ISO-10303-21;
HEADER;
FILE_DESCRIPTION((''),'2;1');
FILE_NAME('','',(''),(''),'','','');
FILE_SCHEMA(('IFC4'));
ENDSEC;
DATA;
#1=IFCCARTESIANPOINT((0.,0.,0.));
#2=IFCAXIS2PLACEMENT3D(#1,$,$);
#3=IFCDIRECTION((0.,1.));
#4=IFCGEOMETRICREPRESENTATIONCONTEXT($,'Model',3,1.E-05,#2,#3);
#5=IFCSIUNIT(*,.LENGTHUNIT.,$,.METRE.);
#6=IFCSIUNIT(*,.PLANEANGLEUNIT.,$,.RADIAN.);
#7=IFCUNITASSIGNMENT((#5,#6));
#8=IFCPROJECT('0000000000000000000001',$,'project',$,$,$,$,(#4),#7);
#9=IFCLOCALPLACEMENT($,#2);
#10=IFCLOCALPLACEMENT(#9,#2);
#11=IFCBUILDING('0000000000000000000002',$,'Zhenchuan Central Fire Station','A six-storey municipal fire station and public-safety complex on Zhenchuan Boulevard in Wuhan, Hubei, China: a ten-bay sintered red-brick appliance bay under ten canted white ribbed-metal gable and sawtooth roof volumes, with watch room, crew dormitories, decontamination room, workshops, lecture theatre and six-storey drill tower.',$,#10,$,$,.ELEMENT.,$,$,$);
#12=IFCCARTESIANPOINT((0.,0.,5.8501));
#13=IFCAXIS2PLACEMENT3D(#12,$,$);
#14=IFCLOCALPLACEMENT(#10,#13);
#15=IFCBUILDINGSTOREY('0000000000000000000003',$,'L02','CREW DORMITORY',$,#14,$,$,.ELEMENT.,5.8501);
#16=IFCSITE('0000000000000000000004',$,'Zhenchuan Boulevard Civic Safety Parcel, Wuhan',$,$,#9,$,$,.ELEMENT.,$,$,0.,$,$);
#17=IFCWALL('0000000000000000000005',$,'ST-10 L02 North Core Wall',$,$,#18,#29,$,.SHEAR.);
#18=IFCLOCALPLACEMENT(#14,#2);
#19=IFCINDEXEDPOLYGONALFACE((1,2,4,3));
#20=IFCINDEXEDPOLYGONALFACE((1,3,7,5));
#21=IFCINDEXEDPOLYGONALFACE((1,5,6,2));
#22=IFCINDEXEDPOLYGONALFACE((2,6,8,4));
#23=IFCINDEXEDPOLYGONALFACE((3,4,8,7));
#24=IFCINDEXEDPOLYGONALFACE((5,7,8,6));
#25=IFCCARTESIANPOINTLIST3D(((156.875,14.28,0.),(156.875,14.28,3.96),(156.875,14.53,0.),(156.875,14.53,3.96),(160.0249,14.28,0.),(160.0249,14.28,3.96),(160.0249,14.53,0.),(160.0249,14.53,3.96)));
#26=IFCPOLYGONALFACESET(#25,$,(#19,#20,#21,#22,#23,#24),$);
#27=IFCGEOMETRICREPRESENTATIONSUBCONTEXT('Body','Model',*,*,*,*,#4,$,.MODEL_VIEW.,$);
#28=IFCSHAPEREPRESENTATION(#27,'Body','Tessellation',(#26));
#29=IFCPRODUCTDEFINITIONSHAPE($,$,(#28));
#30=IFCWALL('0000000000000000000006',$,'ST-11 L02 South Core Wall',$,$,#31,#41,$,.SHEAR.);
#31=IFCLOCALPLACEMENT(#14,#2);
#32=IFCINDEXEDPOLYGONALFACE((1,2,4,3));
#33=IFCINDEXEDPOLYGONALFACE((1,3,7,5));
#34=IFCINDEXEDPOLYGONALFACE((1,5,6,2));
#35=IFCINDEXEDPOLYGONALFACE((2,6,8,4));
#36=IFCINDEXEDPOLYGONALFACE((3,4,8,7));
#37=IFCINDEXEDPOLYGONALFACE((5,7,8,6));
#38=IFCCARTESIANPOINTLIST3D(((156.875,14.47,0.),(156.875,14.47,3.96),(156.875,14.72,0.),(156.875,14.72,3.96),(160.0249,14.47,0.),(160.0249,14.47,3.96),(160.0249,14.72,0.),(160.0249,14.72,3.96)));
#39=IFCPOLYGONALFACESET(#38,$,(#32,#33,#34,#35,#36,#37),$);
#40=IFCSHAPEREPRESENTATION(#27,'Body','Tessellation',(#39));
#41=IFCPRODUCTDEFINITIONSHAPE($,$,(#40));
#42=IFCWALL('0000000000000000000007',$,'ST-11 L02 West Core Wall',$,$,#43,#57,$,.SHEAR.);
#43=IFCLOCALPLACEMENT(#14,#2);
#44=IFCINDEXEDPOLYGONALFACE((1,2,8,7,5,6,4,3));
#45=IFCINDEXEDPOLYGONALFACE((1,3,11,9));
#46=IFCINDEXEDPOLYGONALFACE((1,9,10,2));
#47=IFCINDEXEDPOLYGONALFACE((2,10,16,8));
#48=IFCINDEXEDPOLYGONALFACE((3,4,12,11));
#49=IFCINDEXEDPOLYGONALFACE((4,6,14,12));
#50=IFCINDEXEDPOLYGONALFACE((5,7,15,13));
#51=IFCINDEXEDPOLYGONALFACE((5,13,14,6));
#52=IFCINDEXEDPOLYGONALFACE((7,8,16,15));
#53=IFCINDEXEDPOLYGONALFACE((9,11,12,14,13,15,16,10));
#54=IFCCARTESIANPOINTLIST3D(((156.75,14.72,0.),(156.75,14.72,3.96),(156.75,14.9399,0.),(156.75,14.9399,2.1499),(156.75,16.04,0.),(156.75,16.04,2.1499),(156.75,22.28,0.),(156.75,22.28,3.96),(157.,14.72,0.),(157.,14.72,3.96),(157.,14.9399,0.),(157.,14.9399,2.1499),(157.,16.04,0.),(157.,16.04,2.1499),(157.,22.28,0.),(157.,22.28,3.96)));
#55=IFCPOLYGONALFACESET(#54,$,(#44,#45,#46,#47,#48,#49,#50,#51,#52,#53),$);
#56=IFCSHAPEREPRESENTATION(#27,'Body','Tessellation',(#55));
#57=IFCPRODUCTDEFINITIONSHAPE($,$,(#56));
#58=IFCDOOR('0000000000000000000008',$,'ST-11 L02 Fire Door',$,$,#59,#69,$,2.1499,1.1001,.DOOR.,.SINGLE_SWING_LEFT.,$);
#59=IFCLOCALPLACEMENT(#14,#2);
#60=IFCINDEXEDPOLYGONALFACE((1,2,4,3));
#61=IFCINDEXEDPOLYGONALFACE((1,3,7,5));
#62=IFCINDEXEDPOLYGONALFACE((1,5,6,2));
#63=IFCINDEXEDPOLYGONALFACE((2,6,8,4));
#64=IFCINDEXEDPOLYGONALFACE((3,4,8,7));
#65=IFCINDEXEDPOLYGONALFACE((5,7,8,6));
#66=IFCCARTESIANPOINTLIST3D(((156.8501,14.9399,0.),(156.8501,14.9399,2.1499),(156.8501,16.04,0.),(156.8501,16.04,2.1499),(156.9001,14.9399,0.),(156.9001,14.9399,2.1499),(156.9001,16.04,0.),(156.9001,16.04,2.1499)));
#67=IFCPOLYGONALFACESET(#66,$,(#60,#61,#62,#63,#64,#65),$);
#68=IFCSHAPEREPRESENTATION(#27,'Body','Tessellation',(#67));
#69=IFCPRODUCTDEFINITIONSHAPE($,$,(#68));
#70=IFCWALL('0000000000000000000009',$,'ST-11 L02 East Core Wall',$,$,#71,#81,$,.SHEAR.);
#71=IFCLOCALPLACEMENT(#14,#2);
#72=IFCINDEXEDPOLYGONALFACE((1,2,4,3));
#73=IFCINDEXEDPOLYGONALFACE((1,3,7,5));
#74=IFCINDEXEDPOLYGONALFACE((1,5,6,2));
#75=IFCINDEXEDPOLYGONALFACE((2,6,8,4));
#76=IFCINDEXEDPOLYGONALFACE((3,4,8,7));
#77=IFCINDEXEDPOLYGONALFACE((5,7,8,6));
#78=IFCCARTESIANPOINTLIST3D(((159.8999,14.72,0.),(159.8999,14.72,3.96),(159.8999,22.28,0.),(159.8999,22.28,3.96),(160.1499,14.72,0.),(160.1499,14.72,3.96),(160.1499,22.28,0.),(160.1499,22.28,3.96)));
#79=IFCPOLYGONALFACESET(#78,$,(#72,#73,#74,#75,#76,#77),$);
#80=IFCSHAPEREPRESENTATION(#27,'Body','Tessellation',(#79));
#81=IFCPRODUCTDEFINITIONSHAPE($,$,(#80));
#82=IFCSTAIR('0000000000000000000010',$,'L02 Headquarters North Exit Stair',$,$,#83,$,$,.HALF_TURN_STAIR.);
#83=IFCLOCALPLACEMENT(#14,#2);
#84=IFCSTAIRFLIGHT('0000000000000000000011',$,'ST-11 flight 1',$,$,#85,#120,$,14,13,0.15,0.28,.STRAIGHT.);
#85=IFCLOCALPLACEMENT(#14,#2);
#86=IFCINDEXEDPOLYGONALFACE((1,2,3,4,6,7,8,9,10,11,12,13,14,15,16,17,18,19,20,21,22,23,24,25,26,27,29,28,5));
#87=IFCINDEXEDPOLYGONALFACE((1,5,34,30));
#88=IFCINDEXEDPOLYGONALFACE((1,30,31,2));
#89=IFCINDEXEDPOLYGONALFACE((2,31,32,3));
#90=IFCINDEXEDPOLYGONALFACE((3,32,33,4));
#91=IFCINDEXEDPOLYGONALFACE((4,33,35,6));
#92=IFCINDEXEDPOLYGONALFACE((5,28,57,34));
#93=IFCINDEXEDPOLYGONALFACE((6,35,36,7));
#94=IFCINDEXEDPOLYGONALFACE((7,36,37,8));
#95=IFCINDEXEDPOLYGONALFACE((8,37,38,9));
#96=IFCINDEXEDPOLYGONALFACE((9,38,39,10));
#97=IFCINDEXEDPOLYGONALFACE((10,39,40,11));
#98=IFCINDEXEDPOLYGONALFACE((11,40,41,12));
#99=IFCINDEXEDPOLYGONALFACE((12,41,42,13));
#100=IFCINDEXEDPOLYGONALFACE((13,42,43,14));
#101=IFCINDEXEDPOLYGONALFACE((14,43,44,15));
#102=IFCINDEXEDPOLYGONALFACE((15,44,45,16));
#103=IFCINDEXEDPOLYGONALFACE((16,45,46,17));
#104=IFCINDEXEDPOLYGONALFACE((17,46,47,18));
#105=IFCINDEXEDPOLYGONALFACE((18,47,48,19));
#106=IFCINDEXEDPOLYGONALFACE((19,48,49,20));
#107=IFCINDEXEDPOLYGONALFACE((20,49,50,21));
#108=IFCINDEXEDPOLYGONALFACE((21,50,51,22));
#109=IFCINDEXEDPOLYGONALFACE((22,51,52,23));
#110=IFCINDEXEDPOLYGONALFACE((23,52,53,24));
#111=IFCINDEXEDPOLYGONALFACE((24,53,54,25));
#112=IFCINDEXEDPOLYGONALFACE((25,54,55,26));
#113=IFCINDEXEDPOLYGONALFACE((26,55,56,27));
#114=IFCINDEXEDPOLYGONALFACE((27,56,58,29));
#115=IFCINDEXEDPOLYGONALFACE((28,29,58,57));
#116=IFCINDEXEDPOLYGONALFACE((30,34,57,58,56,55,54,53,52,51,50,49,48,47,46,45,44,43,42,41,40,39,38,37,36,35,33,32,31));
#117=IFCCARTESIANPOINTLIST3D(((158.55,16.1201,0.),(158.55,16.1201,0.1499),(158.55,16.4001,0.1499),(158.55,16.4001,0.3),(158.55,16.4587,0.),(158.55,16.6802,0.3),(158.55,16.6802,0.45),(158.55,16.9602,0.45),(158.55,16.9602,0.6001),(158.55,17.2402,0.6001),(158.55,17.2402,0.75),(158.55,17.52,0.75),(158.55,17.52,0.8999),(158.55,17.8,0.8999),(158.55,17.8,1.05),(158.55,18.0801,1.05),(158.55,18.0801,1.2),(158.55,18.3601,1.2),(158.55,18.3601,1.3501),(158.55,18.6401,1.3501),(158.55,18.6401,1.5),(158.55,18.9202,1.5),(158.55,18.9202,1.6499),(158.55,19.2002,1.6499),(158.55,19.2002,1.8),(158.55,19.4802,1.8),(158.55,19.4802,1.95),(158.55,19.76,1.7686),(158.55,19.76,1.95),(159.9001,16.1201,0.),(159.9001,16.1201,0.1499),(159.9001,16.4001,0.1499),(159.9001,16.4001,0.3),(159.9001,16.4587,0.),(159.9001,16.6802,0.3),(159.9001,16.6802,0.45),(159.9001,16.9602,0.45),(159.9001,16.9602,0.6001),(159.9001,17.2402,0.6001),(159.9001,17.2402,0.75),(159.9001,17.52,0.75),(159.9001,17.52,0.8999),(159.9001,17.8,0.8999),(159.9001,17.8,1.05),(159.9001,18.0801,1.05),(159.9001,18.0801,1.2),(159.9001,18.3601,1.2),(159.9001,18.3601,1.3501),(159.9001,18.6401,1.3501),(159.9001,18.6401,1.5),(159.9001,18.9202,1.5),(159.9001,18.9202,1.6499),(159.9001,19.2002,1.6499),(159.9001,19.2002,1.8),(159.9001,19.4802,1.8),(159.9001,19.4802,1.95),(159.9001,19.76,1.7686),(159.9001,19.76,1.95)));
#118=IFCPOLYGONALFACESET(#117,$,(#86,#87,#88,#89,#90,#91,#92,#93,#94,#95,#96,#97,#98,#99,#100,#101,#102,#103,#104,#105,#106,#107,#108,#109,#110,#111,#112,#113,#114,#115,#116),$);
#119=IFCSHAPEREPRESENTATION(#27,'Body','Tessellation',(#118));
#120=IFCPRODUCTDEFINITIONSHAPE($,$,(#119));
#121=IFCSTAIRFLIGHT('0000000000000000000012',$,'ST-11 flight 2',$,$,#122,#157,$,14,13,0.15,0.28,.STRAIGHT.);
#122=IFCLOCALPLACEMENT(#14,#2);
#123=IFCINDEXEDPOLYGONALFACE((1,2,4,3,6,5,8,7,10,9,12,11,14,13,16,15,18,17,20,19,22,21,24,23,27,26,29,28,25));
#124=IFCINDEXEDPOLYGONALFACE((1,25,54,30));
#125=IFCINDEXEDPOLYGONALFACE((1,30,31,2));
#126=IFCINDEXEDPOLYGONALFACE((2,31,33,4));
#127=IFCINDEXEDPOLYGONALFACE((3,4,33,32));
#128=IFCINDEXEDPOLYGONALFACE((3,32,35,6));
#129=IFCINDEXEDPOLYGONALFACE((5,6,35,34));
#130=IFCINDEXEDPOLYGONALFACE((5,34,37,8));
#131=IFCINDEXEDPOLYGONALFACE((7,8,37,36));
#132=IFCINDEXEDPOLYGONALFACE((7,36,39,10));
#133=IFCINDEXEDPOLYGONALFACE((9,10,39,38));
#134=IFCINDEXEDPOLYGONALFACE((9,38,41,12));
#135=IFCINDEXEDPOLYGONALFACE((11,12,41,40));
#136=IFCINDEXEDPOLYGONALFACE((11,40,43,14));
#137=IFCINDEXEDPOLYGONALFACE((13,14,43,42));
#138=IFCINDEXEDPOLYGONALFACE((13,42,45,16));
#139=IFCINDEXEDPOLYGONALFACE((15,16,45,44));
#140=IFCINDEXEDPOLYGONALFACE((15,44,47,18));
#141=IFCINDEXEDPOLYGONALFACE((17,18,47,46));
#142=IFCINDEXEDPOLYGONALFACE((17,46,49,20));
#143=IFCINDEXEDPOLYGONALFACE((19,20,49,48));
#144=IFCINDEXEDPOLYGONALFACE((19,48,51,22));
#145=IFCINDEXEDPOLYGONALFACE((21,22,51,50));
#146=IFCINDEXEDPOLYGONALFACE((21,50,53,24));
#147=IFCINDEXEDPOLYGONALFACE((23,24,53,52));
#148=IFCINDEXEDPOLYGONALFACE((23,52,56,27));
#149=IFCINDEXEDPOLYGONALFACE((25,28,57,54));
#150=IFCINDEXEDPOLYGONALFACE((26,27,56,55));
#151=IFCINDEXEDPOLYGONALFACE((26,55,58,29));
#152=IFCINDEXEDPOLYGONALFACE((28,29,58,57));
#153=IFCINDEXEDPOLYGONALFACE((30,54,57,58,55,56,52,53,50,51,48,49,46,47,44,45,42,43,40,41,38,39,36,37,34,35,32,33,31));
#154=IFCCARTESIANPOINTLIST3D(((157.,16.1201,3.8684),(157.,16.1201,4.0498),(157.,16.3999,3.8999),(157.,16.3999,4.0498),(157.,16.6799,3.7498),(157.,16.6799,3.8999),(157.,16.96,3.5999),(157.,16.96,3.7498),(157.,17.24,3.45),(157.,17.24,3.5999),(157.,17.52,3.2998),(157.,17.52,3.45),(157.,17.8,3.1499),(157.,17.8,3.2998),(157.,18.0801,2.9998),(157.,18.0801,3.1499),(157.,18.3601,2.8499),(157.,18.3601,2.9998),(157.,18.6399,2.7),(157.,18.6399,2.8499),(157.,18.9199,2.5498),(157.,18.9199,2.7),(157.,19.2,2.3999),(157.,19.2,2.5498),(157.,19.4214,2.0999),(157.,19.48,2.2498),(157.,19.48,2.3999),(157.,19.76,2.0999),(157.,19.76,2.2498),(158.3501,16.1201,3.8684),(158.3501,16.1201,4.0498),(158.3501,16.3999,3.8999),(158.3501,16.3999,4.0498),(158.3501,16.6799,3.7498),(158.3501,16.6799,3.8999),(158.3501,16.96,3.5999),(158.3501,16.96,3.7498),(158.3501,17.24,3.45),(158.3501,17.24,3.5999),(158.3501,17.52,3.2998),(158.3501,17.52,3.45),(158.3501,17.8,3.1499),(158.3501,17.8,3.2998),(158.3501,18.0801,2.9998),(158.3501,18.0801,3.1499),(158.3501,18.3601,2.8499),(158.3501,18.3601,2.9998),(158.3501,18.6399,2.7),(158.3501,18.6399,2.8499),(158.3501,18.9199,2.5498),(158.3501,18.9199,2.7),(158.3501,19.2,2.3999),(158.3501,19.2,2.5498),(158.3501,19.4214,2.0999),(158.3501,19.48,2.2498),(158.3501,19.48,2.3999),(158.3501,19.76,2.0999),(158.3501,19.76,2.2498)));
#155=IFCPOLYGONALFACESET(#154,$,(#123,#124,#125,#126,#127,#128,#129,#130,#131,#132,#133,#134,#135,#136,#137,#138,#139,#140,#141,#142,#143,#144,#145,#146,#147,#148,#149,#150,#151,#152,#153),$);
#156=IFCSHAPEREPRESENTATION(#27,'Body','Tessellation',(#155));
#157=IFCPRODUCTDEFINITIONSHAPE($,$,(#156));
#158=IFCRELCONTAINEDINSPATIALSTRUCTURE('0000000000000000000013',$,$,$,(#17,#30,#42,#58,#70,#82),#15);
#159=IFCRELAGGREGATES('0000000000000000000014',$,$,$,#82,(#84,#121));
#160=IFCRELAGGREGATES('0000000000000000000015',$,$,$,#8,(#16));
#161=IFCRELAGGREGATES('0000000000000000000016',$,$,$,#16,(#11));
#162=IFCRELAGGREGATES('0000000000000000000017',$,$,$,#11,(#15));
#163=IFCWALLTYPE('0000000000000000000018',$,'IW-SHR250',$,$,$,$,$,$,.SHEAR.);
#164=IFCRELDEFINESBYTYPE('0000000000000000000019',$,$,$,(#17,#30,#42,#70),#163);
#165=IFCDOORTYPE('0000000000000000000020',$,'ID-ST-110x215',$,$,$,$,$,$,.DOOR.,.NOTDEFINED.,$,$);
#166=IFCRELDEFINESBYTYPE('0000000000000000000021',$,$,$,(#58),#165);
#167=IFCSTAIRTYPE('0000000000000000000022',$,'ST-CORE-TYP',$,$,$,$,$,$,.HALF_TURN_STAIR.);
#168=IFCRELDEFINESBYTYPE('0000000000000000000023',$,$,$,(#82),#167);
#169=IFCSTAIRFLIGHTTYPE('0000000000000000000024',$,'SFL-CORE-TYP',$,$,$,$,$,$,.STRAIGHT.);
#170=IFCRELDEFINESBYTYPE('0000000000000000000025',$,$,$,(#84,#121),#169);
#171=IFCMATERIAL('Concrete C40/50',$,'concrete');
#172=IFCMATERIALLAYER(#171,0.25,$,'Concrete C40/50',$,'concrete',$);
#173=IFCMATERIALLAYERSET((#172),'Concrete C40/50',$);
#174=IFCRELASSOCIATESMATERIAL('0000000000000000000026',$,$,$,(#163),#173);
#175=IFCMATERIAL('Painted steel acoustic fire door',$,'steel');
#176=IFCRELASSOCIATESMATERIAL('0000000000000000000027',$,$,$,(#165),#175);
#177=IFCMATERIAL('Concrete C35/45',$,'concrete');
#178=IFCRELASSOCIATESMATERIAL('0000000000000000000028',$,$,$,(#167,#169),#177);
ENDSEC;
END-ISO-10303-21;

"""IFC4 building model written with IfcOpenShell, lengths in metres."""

from ifc_helpers import new_model, si_unit, direction, frame, frame_2d, origin, place, context, subcontext, project, spatial, polyline, rectangle, outline, extrude, material, layer, layer_set, type_object, element, fill, aggregate, save


model = new_model("IFC4")

# Units and contexts
model_context = context("Model", 3, precision=1e-05, world=origin(), true_north=direction((0.0, 1.0)))
body_context = subcontext(model_context, "Body", "Model", "MODEL_VIEW")
ifc_project = project(units=[si_unit("LENGTHUNIT", "METRE"), si_unit("PLANEANGLEUNIT", "RADIAN")], contexts=[model_context])

# Site, building, storey
site_placement = place(None, origin())
site = spatial("IfcSite", under=ifc_project, at=site_placement, Name="Zhenchuan Boulevard Civic Safety Parcel, Wuhan", CompositionType="ELEMENT", RefElevation=0.0)
building_placement = place(site_placement, origin())
building = spatial("IfcBuilding", under=site, at=building_placement, Name="Zhenchuan Central Fire Station", Description="A six-storey municipal fire station and public-safety complex on Zhenchuan Boulevard in Wuhan, Hubei, China: a ten-bay sintered red-brick appliance bay under ten canted white ribbed-metal gable and sawtooth roof volumes, with watch room, crew dormitories, decontamination room, workshops, lecture theatre and six-storey drill tower.", CompositionType="ELEMENT")
storey_placement = place(building_placement, frame((0.0, 0.0, 5.8501)))
storey = spatial("IfcBuildingStorey", under=building, at=storey_placement, Name="L02", Description="CREW DORMITORY", CompositionType="ELEMENT", Elevation=5.8501)

# Walls
ifc_material_1 = material(Name="Concrete C40/50", Category="concrete")
ifc_layer_1 = layer(ifc_material_1, 0.25, Name="Concrete C40/50", Category="concrete")
ifc_layer_set_1 = layer_set([ifc_layer_1], Name="Concrete C40/50")
wall_type_1 = type_object("IfcWallType", Name="IW-SHR250", PredefinedType="SHEAR", material=ifc_layer_set_1)
for number, where, z_axis, x_axis, name in (
    (1, (156.875, 14.405, 0.0), (0.0, 0.0, 1.0), (1.0, 0.0, 0.0), "ST-10 L02 North Core Wall"),
    (2, (156.875, 14.595, 0.0), (0.0, 0.0, 1.0), (1.0, 0.0, 0.0), "ST-11 L02 South Core Wall"),
):
    element("IfcWall", number, at=place(storey_placement, frame(where, z_axis=z_axis, x_axis=x_axis)), inside=storey, type_object=wall_type_1, Name=name, PredefinedType="SHEAR", context=body_context, shape_type="SweptSolid", body=[
        extrude(rectangle(XDim=3.1499, YDim=0.25, at=frame_2d((1.575, 0.0))), origin(), (0.0, 0.0, 1.0), 3.96),
    ])

# Wall, opening, door
wall_1_placement = place(storey_placement, frame((156.875, 14.72, 0.0), z_axis=(0.0, 0.0, 1.0), x_axis=(0.0, 1.0, 0.0)))
wall_1 = element("IfcWall", 3, at=wall_1_placement, inside=storey, type_object=wall_type_1, Name="ST-11 L02 West Core Wall", PredefinedType="SHEAR", context=body_context, shape_type="SweptSolid", body=[
    extrude(rectangle(XDim=7.5601, YDim=0.25, at=frame_2d((3.78, 0.0))), origin(), (0.0, 0.0, 1.0), 3.96),
])
opening_1_placement = place(wall_1_placement, frame((0.22, 0.0, 0.0)))
opening_1 = element("IfcOpeningElement", 4, at=opening_1_placement, cuts=wall_1, PredefinedType="OPENING", context=body_context, shape_type="SweptSolid", body=[
    extrude(rectangle(XDim=1.1001, YDim=2.1499, at=frame_2d((0.55, 1.075))), frame((0.0, 0.135, 0.0), z_axis=(0.0, -1.0, 0.0), x_axis=(1.0, 0.0, 0.0)), (0.0, 0.0, 1.0), 0.27),
])
ifc_material_2 = material(Name="Painted steel acoustic fire door", Category="steel")
door_type = type_object("IfcDoorType", Name="ID-ST-110x215", OperationType="NOTDEFINED", PredefinedType="DOOR", material=ifc_material_2)
door_placement = place(opening_1_placement, origin())
door = element("IfcDoor", 5, at=door_placement, inside=storey, type_object=door_type, Name="ST-11 L02 Fire Door", OperationType="SINGLE_SWING_LEFT", OverallHeight=2.1499, OverallWidth=1.1001, PredefinedType="DOOR", context=body_context, shape_type="SweptSolid", body=[
    extrude(rectangle(XDim=1.1001, YDim=2.1499, at=frame_2d((0.55, 1.075))), frame((0.0, 0.0249, 0.0), z_axis=(0.0, -1.0, 0.0), x_axis=(1.0, 0.0, 0.0)), (0.0, 0.0, 1.0), 0.05),
])
fill(opening_1, door)

# Wall
wall_2_placement = place(storey_placement, frame((160.0249, 14.72, 0.0), z_axis=(0.0, 0.0, 1.0), x_axis=(0.0, 1.0, 0.0)))
element("IfcWall", 6, at=wall_2_placement, inside=storey, type_object=wall_type_1, Name="ST-11 L02 East Core Wall", PredefinedType="SHEAR", context=body_context, shape_type="SweptSolid", body=[
    extrude(rectangle(XDim=7.5601, YDim=0.25, at=frame_2d((3.78, 0.0))), origin(), (0.0, 0.0, 1.0), 3.96),
])

# Stair, stair flights
ifc_material_3 = material(Name="Concrete C35/45", Category="concrete")
stair_type = type_object("IfcStairType", Name="ST-CORE-TYP", PredefinedType="HALF_TURN_STAIR", material=ifc_material_3)
stair_placement = place(storey_placement, origin())
stair = element("IfcStair", 7, at=stair_placement, inside=storey, type_object=stair_type, Name="L02 Headquarters North Exit Stair", PredefinedType="HALF_TURN_STAIR")
stair_flight_type = type_object("IfcStairFlightType", Name="SFL-CORE-TYP", PredefinedType="STRAIGHT", material=ifc_material_3)
stair_flight_1_placement = place(storey_placement, frame((159.2251, 16.1201, 0.0), z_axis=(0.0, 0.0, 1.0), x_axis=(0.0, 1.0, 0.0)))
stair_flight_1 = element("IfcStairFlight", 8, at=stair_flight_1_placement, type_object=stair_flight_type, Name="ST-11 flight 1", NumberOfRisers=14, NumberOfTreads=13, PredefinedType="STRAIGHT", RiserHeight=0.15, TreadLength=0.28, context=body_context, shape_type="SweptSolid", body=[
    extrude(outline(polyline([(0.0, 0.0), (0.0, 0.1499), (0.28, 0.1499), (0.28, 0.3), (0.5601, 0.3), (0.5601, 0.45), (0.8401, 0.45), (0.8401, 0.6001), (1.1201, 0.6001), (1.1201, 0.75), (1.3999, 0.75), (1.3999, 0.8999), (1.6799, 0.8999), (1.6799, 1.05), (1.96, 1.05), (1.96, 1.2), (2.24, 1.2), (2.24, 1.3501), (2.52, 1.3501), (2.52, 1.5), (2.8, 1.5), (2.8, 1.6499), (3.0801, 1.6499), (3.0801, 1.8), (3.3601, 1.8), (3.3601, 1.95), (3.6399, 1.95), (3.6399, 2.1001), (3.6399, 1.7686), (0.3386, 0.0), (0.0, 0.0)])), frame((0.0, 0.675, 0.0), z_axis=(0.0, -1.0, 0.0), x_axis=(1.0, 0.0, 0.0)), (0.0, 0.0, 1.0), 1.3501),
])
stair_flight_2_placement = place(storey_placement, frame((157.675, 19.76, 2.0999), z_axis=(0.0, 0.0, 1.0), x_axis=(0.0, -1.0, 0.0)))
stair_flight_2 = element("IfcStairFlight", 9, at=stair_flight_2_placement, type_object=stair_flight_type, Name="ST-11 flight 2", NumberOfRisers=14, NumberOfTreads=13, PredefinedType="STRAIGHT", RiserHeight=0.15, TreadLength=0.28, context=body_context, shape_type="SweptSolid", body=[
    extrude(outline(polyline([(0.0, 0.0), (0.0, 0.1499), (0.28, 0.1499), (0.28, 0.3), (0.5601, 0.3), (0.5601, 0.45), (0.8401, 0.45), (0.8401, 0.6001), (1.1201, 0.6001), (1.1201, 0.75), (1.3999, 0.75), (1.3999, 0.8999), (1.6799, 0.8999), (1.6799, 1.05), (1.96, 1.05), (1.96, 1.2), (2.24, 1.2), (2.24, 1.3501), (2.52, 1.3501), (2.52, 1.5), (2.8, 1.5), (2.8, 1.6499), (3.0801, 1.6499), (3.0801, 1.8), (3.3601, 1.8), (3.3601, 1.95), (3.6399, 1.95), (3.6399, 2.1001), (3.6399, 1.7686), (0.3386, 0.0), (0.0, 0.0)])), frame((0.0, 0.675, 0.0), z_axis=(0.0, -1.0, 0.0), x_axis=(1.0, 0.0, 0.0)), (0.0, 0.0, 1.0), 1.3501),
])
aggregate(stair, [stair_flight_1, stair_flight_2])

save(model, "model.ifc")
